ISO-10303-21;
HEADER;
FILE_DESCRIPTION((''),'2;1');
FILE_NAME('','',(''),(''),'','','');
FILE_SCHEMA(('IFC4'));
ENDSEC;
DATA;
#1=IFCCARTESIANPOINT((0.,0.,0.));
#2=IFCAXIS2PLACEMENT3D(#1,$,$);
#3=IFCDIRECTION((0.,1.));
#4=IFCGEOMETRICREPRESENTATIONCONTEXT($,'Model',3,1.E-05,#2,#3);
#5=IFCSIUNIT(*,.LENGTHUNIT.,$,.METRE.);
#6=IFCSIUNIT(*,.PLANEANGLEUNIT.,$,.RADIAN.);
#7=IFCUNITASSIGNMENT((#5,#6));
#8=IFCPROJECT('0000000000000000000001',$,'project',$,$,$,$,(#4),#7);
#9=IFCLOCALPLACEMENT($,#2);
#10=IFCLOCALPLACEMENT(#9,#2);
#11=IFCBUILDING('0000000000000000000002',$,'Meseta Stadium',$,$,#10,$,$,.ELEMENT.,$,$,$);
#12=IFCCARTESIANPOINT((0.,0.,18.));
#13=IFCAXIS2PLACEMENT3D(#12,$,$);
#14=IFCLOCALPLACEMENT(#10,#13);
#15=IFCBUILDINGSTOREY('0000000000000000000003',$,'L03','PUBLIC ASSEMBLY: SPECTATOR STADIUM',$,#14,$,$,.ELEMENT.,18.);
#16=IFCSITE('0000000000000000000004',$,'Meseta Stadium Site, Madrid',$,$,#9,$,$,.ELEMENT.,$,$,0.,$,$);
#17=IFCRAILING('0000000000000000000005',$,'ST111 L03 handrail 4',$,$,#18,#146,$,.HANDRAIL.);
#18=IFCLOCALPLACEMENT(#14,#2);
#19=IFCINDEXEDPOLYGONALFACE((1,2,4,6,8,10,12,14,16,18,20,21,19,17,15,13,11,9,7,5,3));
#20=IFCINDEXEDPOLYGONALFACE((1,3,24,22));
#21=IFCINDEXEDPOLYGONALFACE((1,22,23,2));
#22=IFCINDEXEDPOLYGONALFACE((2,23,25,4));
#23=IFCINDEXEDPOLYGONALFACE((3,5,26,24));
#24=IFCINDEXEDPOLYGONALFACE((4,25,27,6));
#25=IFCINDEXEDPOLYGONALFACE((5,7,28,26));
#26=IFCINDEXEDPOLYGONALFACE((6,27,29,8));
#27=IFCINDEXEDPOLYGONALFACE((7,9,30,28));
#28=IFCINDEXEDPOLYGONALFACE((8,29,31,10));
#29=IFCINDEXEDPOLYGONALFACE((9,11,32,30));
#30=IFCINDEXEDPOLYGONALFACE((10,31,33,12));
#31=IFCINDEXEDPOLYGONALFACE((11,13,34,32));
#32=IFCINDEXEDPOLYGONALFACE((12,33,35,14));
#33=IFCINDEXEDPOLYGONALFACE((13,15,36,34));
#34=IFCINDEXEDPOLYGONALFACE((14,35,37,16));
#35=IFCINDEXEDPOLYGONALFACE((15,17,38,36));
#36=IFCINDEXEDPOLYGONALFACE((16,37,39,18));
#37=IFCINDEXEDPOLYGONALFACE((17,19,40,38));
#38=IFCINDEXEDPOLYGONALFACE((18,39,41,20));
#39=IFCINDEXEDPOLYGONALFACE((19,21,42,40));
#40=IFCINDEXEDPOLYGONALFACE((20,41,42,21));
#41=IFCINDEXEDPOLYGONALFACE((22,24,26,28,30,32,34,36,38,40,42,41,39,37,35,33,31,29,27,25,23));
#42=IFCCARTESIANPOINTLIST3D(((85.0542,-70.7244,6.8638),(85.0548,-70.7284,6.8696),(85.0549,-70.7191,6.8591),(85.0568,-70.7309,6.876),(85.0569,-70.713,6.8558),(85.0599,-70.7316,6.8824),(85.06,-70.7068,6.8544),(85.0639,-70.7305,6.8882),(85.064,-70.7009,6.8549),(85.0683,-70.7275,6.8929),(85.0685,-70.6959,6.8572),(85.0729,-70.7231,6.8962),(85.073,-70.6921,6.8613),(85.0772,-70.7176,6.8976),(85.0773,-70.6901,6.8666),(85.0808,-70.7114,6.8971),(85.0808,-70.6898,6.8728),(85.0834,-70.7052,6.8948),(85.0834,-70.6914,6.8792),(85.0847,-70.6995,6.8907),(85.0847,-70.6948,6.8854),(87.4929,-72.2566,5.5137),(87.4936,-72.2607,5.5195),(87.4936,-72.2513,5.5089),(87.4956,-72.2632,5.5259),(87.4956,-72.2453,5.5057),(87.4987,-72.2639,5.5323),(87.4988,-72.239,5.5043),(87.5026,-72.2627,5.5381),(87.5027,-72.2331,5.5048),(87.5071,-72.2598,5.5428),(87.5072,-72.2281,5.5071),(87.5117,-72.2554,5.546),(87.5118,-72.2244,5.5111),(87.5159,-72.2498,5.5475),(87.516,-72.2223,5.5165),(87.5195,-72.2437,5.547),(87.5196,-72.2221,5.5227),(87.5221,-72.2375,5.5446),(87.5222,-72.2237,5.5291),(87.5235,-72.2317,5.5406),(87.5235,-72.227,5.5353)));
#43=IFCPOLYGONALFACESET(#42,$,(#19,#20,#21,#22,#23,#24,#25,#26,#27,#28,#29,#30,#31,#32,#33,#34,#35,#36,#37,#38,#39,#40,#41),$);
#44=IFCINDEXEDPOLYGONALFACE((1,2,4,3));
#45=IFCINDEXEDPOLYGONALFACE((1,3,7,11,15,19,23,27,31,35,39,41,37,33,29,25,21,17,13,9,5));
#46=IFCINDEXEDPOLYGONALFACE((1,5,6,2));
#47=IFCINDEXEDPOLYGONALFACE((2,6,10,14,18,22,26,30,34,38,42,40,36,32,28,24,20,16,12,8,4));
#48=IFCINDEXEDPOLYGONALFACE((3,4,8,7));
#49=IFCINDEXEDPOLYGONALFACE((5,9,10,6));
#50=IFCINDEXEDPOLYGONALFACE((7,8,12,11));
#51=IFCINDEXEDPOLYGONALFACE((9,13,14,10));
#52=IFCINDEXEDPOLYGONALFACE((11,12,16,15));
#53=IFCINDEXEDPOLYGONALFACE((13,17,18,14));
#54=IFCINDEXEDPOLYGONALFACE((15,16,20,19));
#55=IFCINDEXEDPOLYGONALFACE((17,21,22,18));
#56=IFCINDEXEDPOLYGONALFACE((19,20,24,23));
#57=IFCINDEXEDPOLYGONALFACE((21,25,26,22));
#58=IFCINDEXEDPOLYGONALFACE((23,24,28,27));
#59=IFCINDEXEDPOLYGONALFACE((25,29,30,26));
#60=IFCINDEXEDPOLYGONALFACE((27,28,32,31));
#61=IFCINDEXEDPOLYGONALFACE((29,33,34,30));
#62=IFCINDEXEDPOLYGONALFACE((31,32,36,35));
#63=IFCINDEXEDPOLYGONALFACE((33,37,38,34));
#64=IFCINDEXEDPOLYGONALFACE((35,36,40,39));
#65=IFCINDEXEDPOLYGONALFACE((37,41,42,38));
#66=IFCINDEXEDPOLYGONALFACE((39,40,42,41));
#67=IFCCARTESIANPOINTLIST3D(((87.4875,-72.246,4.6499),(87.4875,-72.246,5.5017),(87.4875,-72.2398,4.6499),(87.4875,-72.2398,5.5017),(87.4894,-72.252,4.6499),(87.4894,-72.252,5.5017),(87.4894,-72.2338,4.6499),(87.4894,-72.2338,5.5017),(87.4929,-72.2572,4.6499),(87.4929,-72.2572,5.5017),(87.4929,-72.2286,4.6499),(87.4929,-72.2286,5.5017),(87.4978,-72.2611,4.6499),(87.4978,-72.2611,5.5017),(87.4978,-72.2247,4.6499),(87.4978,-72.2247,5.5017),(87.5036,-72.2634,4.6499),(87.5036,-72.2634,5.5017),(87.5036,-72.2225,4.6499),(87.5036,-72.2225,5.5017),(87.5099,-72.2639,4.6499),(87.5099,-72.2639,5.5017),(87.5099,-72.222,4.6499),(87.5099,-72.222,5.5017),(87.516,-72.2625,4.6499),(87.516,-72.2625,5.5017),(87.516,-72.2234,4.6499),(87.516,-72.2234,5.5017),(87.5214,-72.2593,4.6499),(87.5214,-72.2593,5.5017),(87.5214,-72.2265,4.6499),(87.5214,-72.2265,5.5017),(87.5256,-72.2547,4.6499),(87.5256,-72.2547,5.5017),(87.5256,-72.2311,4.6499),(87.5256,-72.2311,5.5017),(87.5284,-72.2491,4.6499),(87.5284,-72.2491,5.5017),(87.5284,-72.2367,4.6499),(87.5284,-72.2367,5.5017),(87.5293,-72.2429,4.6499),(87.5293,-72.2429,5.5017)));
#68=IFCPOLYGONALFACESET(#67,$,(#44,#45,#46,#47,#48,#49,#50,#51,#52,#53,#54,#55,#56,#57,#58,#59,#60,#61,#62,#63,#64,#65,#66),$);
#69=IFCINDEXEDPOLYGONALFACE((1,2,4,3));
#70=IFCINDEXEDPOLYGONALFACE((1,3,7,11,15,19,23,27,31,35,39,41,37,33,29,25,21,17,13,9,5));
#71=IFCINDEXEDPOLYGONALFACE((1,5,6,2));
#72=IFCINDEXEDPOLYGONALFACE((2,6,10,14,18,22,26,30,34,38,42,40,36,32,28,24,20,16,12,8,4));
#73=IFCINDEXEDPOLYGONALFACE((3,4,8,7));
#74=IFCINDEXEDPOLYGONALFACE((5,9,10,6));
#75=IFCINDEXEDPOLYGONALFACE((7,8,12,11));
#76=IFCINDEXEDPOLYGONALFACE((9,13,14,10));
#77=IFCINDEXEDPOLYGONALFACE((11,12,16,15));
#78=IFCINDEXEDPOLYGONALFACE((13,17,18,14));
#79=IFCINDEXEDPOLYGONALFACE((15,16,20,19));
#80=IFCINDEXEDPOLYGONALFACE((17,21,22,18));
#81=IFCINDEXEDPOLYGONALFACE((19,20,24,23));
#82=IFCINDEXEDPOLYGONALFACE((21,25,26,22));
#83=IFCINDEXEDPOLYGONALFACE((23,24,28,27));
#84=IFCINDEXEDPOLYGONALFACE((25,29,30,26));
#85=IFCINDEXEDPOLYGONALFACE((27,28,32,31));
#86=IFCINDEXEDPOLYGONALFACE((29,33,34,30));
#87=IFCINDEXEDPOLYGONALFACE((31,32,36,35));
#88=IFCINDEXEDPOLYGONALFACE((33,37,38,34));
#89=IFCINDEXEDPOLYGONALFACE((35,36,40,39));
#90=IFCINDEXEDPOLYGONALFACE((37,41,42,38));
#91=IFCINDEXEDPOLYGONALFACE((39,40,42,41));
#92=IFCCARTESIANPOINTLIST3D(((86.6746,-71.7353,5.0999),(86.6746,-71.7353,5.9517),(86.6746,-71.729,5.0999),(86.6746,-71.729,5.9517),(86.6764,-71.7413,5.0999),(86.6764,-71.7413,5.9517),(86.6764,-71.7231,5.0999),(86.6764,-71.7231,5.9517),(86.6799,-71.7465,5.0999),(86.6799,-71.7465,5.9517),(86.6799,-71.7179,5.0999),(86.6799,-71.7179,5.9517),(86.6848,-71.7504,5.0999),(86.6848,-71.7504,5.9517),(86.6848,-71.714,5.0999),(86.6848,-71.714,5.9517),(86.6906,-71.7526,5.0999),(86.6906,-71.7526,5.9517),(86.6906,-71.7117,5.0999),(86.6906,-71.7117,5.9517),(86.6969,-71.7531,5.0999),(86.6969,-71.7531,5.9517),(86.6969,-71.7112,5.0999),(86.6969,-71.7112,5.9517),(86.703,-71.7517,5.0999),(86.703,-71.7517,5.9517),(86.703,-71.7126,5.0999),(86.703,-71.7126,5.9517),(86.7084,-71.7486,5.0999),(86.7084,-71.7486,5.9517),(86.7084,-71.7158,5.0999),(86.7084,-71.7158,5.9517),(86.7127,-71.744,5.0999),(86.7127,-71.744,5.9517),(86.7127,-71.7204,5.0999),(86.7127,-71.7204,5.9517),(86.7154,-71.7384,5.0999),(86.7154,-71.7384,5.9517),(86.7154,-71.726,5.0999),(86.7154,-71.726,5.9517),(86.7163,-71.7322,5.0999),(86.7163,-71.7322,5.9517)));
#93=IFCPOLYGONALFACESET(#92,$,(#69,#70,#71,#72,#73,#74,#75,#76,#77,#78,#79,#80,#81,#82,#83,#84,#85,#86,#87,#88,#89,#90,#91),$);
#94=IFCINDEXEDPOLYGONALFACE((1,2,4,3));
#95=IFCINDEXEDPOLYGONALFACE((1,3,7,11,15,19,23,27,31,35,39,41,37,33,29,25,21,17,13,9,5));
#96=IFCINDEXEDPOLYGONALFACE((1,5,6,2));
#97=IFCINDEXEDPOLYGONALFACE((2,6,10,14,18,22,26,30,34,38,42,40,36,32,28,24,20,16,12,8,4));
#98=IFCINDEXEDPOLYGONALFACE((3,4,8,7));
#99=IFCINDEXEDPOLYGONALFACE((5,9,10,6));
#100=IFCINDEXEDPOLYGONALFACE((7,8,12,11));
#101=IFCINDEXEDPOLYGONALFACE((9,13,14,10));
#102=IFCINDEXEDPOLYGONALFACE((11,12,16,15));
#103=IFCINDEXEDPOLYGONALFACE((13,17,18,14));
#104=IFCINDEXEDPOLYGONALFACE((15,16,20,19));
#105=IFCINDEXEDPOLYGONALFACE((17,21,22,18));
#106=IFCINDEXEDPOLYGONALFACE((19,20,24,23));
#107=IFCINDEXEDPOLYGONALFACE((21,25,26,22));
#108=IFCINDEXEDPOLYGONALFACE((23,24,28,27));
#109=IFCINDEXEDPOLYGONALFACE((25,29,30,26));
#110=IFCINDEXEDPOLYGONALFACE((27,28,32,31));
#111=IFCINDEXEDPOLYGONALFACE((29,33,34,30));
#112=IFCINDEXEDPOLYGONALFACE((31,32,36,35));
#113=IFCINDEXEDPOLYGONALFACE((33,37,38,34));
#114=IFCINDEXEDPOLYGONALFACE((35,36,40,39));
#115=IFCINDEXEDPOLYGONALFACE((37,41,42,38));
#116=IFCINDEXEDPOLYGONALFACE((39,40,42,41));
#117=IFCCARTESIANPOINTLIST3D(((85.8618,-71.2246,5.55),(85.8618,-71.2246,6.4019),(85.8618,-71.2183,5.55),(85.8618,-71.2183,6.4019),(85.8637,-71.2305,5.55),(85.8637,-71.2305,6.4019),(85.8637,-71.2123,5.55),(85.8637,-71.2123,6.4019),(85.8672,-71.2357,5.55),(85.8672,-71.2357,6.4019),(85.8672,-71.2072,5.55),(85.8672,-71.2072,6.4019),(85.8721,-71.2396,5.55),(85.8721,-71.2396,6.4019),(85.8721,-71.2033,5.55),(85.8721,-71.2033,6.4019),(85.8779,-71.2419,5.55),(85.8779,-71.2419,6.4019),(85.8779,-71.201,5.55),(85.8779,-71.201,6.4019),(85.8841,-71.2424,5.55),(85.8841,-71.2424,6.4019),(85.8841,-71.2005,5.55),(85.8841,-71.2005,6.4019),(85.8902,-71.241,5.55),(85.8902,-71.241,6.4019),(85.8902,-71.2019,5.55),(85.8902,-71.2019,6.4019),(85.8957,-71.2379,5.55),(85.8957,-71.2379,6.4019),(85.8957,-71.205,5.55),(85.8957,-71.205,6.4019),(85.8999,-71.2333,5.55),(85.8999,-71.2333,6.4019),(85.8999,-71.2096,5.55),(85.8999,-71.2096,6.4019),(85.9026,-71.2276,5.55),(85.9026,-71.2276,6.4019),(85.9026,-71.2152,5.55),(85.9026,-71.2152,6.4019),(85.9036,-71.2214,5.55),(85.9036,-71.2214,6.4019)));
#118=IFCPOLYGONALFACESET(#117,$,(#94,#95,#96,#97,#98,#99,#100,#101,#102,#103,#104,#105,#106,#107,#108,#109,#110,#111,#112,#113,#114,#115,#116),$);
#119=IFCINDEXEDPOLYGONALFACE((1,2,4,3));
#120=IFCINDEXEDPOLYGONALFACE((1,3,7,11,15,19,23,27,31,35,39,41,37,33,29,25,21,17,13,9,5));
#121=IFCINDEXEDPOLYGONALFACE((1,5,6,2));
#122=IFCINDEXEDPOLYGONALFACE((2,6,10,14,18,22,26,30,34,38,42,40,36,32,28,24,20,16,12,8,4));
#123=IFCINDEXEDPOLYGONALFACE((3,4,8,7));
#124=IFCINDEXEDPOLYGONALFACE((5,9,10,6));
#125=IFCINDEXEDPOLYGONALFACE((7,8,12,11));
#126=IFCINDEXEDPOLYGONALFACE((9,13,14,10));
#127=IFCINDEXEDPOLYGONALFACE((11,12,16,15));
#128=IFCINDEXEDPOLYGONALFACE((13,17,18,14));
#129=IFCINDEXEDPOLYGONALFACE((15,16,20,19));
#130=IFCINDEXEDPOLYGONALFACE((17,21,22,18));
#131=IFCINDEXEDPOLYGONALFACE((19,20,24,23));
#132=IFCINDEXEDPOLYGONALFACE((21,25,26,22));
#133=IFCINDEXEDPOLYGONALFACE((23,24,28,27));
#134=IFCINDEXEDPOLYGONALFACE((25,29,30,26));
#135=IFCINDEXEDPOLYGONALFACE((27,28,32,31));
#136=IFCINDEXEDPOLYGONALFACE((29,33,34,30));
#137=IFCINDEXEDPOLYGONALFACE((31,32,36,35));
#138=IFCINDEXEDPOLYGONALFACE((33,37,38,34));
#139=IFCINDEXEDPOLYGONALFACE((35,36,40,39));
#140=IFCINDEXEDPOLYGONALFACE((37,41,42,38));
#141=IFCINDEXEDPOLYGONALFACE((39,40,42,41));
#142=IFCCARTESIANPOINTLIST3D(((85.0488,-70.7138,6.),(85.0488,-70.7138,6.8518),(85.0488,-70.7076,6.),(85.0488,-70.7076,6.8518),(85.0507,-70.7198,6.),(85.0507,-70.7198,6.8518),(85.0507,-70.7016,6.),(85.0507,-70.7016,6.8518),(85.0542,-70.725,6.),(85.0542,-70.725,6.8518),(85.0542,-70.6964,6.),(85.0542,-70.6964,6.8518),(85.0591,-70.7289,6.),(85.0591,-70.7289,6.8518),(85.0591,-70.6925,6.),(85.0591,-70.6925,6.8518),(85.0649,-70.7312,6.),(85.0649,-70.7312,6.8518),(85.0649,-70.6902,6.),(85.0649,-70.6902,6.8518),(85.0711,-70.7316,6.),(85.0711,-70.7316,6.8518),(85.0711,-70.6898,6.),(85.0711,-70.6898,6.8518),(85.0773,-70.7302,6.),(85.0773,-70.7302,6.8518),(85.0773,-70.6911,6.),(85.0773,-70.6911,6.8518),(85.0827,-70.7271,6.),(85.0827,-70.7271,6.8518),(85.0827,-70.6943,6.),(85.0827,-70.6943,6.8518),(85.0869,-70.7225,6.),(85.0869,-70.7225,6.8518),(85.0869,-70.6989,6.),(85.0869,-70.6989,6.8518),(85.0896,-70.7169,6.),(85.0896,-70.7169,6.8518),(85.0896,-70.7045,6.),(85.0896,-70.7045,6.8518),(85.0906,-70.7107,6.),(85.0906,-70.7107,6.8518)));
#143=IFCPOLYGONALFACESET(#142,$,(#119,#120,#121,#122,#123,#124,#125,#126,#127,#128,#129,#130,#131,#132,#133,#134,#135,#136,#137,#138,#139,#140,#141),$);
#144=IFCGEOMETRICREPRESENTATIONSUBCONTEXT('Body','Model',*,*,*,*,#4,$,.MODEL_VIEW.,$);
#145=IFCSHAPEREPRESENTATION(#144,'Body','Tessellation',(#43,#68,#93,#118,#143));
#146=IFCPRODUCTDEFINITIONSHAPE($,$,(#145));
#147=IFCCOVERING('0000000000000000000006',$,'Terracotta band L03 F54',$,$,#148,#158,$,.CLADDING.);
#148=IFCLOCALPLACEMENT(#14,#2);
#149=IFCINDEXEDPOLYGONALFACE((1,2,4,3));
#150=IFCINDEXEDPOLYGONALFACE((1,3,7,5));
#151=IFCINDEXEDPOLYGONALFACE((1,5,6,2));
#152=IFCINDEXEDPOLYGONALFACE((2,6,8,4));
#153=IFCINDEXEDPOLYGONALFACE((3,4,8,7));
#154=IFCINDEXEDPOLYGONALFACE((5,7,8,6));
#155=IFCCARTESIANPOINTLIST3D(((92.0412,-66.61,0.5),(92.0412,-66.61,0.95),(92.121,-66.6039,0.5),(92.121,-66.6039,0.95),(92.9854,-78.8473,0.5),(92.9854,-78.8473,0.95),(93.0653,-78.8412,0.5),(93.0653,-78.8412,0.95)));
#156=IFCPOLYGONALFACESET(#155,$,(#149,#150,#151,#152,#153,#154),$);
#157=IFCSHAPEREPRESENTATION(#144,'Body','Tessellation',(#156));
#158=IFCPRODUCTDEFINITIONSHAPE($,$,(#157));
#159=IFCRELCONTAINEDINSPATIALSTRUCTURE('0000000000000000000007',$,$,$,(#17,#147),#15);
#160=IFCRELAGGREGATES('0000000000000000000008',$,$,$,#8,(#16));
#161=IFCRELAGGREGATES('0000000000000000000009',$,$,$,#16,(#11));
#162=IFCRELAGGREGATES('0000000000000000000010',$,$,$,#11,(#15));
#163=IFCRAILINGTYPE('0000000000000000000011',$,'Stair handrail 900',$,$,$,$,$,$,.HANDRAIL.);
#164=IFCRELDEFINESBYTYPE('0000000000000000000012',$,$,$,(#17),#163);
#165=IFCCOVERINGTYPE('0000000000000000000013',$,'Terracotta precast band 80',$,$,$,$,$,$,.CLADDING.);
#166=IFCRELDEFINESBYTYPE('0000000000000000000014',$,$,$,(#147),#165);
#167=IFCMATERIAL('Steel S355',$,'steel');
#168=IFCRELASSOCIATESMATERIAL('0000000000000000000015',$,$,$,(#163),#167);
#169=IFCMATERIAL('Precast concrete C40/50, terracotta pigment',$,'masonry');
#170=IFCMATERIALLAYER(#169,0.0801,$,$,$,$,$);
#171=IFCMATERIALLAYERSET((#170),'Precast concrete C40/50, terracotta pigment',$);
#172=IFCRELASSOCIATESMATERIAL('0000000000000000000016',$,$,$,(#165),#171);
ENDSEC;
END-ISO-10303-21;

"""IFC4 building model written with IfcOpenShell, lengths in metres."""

from ifc_helpers import new_model, si_unit, direction, frame, origin, origin_2d, place, context, subcontext, project, spatial, rectangle, circle, extrude, material, layer, layer_set, type_object, element, save


model = new_model("IFC4")

# Units and contexts
model_context = context("Model", 3, precision=1e-05, world=origin(), true_north=direction((0.0, 1.0)))
body_context = subcontext(model_context, "Body", "Model", "MODEL_VIEW")
ifc_project = project(units=[si_unit("LENGTHUNIT", "METRE"), si_unit("PLANEANGLEUNIT", "RADIAN")], contexts=[model_context])

# Site, building, storey
site_placement = place(None, origin())
site = spatial("IfcSite", under=ifc_project, at=site_placement, Name="Meseta Stadium Site, Madrid", CompositionType="ELEMENT", RefElevation=0.0)
building_placement = place(site_placement, origin())
building = spatial("IfcBuilding", under=site, at=building_placement, Name="Meseta Stadium", CompositionType="ELEMENT")
storey_placement = place(building_placement, frame((0.0, 0.0, 18.0)))
storey = spatial("IfcBuildingStorey", under=building, at=storey_placement, Name="L03", Description="PUBLIC ASSEMBLY: SPECTATOR STADIUM", CompositionType="ELEMENT", Elevation=18.0)

# Railing
ifc_material_1 = material(Name="Steel S355", Category="steel")
railing_type_1 = type_object("IfcRailingType", Name="Stair handrail 900", PredefinedType="HANDRAIL", material=ifc_material_1)
for number, where, name in (
    (1, (87.5083, -72.2429, 4.6499), "ST111 L03 handrail 4"),
):
    element("IfcRailing", number, at=place(storey_placement, frame(where)), inside=storey, type_object=railing_type_1, Name=name, PredefinedType="HANDRAIL", context=body_context, shape_type="SweptSolid", body=[
        extrude(circle(Radius=0.0239, at=origin_2d()), frame((0.0, 0.0, 0.876), z_axis=(-0.766687, 0.481703, 0.424445), x_axis=(-0.532001, -0.846743, 0.0)), (0.0, 0.0, 1.0), 3.1809),
        extrude(circle(Radius=0.021, at=origin_2d()), origin(), (0.0, 0.0, 1.0), 0.8518),
        extrude(circle(Radius=0.021, at=origin_2d()), frame((-0.813, 0.5107, 0.45)), (0.0, 0.0, 1.0), 0.8518),
        extrude(circle(Radius=0.021, at=origin_2d()), frame((-1.6257, 1.0215, 0.9001)), (0.0, 0.0, 1.0), 0.8518),
        extrude(circle(Radius=0.021, at=origin_2d()), frame((-2.4387, 1.5322, 1.3501)), (0.0, 0.0, 1.0), 0.8518),
    ])

# Covering
ifc_material_2 = material(Name="Precast concrete C40/50, terracotta pigment", Category="masonry")
ifc_layer_1 = layer(ifc_material_2, 0.0801)
ifc_layer_set_1 = layer_set([ifc_layer_1], Name="Precast concrete C40/50, terracotta pigment")
covering_type_1 = type_object("IfcCoveringType", Name="Terracotta precast band 80", PredefinedType="CLADDING", material=ifc_layer_set_1)
covering_1_placement = place(storey_placement, frame((92.5532, -72.7256, 0.5), z_axis=(0.0, 0.0, 1.0), x_axis=(0.076937, -0.997036, 0.0)))
element("IfcCovering", 2, at=covering_1_placement, inside=storey, type_object=covering_type_1, Name="Terracotta band L03 F54", PredefinedType="CLADDING", context=body_context, shape_type="SweptSolid", body=[
    extrude(rectangle(XDim=12.2737, YDim=0.0801, at=origin_2d()), origin(), (0.0, 0.0, 1.0), 0.45),
])

save(model, "model.ifc")
